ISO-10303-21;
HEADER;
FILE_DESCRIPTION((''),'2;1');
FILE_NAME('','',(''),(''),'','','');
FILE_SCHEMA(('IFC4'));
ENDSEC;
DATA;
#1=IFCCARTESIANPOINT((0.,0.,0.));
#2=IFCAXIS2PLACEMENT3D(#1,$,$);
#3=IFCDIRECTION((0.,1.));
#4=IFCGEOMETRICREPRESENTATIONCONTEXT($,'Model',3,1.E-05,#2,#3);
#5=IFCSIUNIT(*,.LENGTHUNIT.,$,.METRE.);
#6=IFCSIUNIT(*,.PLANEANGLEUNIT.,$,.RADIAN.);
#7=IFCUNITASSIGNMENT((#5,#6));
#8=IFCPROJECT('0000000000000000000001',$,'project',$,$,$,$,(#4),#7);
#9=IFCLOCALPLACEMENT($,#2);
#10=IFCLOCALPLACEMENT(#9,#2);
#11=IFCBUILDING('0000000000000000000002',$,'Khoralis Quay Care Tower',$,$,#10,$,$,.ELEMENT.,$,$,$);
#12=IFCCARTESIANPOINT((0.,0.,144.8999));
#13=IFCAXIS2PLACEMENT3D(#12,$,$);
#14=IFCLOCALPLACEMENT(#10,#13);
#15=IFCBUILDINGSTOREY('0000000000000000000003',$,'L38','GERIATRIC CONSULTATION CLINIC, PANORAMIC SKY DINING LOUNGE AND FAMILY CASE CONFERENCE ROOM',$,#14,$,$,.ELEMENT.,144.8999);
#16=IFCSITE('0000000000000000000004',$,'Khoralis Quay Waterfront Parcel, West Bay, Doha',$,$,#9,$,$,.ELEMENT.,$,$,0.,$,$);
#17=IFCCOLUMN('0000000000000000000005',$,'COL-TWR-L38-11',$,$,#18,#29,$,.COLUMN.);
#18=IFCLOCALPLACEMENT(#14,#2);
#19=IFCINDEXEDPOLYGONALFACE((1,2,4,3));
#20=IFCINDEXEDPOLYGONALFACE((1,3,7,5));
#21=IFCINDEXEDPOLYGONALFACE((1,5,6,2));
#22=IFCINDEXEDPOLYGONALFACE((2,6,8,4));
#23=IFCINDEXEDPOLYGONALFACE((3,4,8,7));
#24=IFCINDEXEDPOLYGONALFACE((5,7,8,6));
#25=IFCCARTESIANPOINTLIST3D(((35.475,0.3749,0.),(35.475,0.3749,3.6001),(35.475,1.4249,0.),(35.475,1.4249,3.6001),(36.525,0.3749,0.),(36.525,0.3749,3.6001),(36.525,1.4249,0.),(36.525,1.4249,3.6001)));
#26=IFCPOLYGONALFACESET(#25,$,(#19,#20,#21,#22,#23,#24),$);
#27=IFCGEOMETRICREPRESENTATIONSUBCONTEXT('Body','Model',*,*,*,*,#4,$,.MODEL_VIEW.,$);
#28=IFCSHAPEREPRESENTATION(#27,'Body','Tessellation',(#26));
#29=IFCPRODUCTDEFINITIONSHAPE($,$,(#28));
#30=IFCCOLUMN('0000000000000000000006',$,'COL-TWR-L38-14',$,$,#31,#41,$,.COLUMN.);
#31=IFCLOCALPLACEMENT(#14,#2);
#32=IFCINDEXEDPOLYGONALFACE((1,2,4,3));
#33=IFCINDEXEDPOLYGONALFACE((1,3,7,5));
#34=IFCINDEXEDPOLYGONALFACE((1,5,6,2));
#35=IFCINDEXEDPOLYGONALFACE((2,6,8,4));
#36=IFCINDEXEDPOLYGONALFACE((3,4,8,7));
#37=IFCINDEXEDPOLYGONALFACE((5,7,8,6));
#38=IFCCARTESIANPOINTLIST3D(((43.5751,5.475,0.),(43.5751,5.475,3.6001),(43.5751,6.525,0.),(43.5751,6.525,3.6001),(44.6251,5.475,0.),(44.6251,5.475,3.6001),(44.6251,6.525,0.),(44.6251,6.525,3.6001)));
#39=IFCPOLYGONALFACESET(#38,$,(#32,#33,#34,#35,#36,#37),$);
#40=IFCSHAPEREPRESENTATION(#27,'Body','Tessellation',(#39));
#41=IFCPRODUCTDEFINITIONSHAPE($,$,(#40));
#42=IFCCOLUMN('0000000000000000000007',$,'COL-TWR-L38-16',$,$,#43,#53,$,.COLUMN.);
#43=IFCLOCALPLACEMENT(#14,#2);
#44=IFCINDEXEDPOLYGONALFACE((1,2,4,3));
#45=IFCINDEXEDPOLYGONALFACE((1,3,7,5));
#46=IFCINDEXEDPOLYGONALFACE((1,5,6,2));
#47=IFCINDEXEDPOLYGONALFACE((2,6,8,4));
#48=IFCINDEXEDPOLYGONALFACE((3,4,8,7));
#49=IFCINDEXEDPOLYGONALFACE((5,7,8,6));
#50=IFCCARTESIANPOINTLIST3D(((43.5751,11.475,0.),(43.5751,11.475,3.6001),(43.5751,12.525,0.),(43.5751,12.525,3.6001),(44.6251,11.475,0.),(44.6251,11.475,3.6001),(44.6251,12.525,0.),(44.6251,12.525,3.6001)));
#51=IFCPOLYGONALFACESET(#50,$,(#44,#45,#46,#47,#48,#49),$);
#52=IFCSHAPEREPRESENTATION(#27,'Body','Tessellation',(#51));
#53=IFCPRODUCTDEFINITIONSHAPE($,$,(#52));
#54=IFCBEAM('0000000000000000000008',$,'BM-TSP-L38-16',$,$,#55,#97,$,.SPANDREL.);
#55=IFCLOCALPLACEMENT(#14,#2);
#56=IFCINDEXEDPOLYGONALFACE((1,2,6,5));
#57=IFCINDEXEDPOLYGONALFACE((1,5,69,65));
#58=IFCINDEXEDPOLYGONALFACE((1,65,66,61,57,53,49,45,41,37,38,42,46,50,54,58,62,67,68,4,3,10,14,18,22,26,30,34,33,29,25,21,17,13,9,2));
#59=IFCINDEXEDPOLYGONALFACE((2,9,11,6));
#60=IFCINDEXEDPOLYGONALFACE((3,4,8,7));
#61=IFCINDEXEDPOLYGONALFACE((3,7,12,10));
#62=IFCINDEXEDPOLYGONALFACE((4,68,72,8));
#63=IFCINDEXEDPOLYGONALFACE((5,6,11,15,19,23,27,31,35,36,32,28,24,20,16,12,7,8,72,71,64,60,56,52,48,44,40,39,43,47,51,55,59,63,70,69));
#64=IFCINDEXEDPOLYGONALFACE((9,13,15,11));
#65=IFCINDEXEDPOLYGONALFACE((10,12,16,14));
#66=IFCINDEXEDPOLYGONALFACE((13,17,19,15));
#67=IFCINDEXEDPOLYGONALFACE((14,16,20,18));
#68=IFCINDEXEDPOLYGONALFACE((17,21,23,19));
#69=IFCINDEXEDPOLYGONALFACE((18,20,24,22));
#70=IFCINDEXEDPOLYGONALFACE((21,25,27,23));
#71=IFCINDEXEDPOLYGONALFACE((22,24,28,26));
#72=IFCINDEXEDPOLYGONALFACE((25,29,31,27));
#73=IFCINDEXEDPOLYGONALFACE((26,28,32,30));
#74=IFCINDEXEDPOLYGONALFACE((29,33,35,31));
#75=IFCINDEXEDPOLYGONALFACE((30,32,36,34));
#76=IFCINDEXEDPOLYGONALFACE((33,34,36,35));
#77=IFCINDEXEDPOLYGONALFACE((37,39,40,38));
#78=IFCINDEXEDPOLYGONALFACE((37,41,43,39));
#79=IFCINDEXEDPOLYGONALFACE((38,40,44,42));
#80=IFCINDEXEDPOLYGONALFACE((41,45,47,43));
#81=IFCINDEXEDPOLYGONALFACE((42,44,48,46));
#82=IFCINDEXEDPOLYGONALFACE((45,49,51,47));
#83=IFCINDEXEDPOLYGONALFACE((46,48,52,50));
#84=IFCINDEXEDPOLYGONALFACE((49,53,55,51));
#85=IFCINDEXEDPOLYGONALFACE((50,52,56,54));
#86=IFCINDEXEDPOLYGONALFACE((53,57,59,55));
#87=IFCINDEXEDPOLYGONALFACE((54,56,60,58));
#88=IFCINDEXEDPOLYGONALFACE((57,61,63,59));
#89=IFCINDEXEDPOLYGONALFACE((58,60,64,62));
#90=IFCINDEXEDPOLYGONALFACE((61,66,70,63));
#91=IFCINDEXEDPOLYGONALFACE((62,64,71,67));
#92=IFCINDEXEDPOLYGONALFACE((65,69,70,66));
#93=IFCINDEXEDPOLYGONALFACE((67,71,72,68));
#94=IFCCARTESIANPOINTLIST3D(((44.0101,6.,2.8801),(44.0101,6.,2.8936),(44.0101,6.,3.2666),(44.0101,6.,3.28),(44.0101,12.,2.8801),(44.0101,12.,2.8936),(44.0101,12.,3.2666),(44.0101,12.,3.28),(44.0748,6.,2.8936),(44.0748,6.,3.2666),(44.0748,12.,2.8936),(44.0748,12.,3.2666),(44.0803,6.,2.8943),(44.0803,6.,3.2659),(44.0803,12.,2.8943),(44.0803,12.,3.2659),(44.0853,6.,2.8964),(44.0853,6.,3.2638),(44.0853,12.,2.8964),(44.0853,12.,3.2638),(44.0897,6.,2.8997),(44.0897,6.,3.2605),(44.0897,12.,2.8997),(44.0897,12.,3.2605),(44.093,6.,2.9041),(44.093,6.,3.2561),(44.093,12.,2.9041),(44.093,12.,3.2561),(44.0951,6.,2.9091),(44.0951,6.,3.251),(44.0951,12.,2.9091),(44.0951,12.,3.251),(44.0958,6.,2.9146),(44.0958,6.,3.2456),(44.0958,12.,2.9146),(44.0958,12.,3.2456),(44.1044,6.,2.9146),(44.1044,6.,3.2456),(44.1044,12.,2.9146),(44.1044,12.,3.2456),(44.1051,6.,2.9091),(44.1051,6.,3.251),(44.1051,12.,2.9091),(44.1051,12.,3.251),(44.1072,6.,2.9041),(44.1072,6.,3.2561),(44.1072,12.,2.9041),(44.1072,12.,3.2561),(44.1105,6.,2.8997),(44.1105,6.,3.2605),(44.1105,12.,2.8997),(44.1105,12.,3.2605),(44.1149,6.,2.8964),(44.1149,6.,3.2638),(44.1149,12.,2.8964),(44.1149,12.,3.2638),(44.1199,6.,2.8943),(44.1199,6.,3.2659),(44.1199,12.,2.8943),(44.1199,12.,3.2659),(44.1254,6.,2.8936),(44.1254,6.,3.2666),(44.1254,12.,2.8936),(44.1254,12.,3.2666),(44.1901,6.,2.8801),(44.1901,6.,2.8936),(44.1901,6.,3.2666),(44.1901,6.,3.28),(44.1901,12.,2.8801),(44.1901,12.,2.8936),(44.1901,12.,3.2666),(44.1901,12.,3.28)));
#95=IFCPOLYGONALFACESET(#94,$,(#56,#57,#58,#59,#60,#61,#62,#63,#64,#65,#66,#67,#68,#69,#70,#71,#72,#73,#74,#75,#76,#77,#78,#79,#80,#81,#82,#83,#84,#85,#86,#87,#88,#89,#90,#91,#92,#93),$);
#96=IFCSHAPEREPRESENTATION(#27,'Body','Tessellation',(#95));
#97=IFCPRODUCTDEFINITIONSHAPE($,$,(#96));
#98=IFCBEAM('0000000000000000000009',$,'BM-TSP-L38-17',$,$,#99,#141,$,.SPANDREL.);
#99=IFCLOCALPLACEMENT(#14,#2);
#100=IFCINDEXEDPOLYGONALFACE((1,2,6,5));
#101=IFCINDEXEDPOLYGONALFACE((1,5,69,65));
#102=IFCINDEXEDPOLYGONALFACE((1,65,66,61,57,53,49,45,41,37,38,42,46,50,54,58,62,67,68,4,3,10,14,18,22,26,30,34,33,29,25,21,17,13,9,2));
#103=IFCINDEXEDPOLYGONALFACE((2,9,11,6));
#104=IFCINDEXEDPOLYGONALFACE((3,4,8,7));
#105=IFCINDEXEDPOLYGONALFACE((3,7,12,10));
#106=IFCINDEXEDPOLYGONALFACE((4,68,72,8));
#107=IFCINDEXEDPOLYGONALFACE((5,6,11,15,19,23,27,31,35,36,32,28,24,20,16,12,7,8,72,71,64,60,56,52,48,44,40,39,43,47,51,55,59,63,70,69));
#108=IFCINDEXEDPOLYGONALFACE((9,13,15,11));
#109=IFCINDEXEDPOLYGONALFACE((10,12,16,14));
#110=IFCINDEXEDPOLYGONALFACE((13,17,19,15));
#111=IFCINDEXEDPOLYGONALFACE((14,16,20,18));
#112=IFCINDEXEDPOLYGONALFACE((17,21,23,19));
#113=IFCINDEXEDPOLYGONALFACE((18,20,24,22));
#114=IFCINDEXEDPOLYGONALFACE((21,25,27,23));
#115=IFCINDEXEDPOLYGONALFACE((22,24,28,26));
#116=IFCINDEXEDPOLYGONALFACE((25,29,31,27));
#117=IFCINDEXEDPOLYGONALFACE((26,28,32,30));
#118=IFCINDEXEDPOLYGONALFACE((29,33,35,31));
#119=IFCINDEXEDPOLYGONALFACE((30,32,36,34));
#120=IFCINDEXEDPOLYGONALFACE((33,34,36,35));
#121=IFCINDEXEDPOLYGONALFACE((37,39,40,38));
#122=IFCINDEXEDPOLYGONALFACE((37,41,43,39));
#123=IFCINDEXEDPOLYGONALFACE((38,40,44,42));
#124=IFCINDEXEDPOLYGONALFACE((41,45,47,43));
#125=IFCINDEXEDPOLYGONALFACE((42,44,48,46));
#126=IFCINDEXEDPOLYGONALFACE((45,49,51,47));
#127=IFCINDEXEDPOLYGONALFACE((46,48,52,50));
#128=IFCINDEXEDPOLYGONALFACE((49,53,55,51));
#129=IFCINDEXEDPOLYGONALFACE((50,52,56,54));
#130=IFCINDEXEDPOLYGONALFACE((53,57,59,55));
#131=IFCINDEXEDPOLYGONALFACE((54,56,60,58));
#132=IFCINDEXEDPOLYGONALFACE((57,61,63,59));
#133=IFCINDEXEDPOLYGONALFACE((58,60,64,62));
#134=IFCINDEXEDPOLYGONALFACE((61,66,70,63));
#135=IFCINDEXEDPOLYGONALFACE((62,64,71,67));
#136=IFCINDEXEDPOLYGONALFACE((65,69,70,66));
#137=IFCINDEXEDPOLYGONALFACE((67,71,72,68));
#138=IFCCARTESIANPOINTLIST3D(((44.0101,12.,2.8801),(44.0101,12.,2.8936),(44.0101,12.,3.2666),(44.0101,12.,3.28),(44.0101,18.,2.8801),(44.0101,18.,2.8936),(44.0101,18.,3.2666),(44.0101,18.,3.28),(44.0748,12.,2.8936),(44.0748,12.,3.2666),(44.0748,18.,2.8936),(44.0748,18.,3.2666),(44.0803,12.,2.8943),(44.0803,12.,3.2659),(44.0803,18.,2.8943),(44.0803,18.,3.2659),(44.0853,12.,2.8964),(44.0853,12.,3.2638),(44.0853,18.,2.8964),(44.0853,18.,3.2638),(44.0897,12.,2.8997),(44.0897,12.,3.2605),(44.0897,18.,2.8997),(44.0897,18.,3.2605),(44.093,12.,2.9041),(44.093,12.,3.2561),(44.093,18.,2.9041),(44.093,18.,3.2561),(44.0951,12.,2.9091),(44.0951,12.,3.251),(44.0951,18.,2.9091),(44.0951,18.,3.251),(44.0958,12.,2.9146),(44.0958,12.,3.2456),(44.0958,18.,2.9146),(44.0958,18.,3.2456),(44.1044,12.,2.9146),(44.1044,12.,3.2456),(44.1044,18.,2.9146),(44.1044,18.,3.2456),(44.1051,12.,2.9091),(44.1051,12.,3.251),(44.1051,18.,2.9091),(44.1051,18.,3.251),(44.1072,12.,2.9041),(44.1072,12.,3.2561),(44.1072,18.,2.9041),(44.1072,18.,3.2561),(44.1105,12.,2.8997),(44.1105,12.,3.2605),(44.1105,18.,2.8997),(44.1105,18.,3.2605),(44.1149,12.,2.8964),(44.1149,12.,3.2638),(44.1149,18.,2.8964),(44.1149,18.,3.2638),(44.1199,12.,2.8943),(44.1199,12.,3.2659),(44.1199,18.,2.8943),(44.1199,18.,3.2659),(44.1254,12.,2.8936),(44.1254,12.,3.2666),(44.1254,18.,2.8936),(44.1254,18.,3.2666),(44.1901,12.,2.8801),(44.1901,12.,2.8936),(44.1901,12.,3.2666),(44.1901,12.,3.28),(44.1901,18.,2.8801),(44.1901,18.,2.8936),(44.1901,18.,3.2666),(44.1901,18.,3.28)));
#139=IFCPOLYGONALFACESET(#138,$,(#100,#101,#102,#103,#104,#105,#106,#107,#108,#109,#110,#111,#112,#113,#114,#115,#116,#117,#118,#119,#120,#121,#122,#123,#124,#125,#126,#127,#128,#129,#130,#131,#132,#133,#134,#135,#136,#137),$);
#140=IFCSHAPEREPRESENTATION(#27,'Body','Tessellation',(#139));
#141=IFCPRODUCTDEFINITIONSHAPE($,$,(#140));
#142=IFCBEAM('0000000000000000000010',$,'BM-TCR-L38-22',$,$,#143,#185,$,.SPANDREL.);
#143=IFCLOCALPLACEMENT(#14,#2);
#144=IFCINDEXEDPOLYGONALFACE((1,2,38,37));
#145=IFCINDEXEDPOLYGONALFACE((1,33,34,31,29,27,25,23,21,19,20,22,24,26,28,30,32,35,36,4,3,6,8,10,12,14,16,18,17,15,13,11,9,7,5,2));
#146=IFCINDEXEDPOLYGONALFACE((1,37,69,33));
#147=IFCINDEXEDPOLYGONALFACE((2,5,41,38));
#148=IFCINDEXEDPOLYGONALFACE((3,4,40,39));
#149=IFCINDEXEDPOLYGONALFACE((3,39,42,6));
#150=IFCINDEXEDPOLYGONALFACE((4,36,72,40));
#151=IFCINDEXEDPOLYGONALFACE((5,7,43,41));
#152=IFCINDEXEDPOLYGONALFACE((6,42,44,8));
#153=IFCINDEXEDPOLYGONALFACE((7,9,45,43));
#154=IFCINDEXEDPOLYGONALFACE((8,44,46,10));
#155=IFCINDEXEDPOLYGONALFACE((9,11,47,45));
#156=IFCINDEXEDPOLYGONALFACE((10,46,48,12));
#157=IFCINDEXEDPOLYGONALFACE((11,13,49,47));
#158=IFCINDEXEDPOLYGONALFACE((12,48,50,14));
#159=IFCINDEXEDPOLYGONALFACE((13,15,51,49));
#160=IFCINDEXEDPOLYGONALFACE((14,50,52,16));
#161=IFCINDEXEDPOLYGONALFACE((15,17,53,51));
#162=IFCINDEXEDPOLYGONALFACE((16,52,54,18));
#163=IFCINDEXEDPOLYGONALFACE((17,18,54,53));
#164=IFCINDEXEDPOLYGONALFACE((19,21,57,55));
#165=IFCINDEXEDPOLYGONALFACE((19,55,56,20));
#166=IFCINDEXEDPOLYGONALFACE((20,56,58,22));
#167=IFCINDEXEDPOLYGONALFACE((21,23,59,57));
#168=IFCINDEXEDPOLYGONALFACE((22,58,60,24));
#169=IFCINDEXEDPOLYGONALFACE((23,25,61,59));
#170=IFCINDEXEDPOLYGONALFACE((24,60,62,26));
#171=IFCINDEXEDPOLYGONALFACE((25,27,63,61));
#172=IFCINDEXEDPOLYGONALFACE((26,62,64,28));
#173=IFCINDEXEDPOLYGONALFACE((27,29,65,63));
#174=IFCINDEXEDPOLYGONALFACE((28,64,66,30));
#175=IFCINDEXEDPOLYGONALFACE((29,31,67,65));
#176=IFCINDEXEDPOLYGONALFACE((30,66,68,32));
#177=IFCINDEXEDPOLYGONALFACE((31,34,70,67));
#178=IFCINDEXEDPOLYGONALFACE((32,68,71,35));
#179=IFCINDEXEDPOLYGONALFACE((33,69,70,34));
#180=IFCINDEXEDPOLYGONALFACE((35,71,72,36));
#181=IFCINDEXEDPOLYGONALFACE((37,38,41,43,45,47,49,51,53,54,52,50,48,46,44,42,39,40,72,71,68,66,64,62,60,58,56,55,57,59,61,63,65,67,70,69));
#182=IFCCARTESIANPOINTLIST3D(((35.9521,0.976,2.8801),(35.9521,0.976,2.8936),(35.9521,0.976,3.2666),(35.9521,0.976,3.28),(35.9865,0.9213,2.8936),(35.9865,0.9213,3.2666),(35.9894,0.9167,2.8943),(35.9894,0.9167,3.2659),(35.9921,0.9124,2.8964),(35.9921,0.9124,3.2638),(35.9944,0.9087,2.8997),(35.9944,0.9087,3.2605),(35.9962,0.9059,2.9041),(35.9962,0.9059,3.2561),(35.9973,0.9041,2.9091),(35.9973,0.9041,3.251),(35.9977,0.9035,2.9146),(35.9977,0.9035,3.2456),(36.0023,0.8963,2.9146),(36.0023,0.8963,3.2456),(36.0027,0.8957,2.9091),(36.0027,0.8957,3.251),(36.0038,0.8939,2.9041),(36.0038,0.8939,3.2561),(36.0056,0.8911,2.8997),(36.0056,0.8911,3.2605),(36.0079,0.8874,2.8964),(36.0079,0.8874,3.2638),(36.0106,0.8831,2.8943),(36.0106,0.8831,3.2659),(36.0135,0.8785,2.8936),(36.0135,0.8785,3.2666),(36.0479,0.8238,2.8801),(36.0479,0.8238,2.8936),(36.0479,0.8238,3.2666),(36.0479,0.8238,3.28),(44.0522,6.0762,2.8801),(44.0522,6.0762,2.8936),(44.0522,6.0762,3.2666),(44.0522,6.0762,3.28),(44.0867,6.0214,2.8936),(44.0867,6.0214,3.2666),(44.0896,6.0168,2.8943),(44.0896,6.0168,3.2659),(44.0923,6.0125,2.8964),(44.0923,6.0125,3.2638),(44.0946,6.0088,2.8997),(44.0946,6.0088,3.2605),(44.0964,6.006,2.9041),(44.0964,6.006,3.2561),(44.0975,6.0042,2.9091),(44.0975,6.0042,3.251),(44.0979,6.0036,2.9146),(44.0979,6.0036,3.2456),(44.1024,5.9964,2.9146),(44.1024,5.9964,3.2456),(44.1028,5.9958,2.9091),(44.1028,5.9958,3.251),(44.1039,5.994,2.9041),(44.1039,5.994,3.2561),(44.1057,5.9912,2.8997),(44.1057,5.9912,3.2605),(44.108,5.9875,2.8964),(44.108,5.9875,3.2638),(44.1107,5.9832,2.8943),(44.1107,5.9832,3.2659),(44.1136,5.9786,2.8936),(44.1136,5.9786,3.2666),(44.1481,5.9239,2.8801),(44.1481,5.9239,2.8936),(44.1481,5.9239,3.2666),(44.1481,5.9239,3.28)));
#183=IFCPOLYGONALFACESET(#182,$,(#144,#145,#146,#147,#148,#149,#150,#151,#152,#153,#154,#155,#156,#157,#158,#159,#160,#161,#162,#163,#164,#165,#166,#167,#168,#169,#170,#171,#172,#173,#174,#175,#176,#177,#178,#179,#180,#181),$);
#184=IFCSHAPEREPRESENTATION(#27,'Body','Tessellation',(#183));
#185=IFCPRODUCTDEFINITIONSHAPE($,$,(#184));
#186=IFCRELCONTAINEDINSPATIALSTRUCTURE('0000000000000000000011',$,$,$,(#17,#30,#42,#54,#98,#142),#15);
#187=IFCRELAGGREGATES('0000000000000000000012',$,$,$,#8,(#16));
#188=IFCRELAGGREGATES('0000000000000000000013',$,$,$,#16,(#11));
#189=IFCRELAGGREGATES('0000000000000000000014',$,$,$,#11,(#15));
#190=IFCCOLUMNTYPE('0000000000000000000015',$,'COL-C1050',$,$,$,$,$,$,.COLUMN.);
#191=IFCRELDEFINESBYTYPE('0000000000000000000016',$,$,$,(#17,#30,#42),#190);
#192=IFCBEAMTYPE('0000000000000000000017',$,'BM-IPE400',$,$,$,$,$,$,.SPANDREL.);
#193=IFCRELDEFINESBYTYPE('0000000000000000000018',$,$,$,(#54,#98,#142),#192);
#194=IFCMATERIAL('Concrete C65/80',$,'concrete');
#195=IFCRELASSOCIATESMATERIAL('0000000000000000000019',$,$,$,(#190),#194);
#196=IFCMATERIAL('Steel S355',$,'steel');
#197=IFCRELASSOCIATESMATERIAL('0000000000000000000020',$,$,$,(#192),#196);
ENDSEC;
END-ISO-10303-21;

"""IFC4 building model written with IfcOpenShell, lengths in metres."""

from ifc_helpers import new_model, si_unit, direction, frame, origin, origin_2d, place, context, subcontext, project, spatial, rectangle, i_section, extrude, source, transform, mapped, material, material_profile, profile_set, type_object, element, save


model = new_model("IFC4")

# Units and contexts
model_context = context("Model", 3, precision=1e-05, world=origin(), true_north=direction((0.0, 1.0)))
body_context = subcontext(model_context, "Body", "Model", "MODEL_VIEW")
ifc_project = project(units=[si_unit("LENGTHUNIT", "METRE"), si_unit("PLANEANGLEUNIT", "RADIAN")], contexts=[model_context])

# Site, building, storey
site_placement = place(None, origin())
site = spatial("IfcSite", under=ifc_project, at=site_placement, Name="Khoralis Quay Waterfront Parcel, West Bay, Doha", CompositionType="ELEMENT", RefElevation=0.0)
building_placement = place(site_placement, origin())
building = spatial("IfcBuilding", under=site, at=building_placement, Name="Khoralis Quay Care Tower", CompositionType="ELEMENT")
storey_placement = place(building_placement, frame((0.0, 0.0, 144.8999)))
storey = spatial("IfcBuildingStorey", under=building, at=storey_placement, Name="L38", Description="GERIATRIC CONSULTATION CLINIC, PANORAMIC SKY DINING LOUNGE AND FAMILY CASE CONFERENCE ROOM", CompositionType="ELEMENT", Elevation=144.8999)

# Columns
ifc_material_1 = material(Name="Concrete C65/80", Category="concrete")
ifc_material_profile_1 = material_profile(ifc_material_1, rectangle(XDim=1.05, YDim=1.05, at=origin_2d()), Name="Concrete C65/80")
ifc_profile_set_1 = profile_set([ifc_material_profile_1], Name="Concrete C65/80")
column_type = type_object("IfcColumnType", Name="COL-C1050", PredefinedType="COLUMN", material=ifc_profile_set_1)
shared_shape_1 = source(origin(), body_context, "Body", "SweptSolid", [
    extrude(rectangle(XDim=1.05, YDim=1.05, at=origin_2d()), origin(), (0.0, 0.0, 1.0), 3.6001),
])
for number, where, z_axis, x_axis, name in (
    (1, (36.0, 0.8999, 0.0), (0.0, 0.0, 1.0), (1.0, 0.0, 0.0), "COL-TWR-L38-11"),
    (2, (44.1001, 6.0, 0.0), (0.0, 0.0, 1.0), (1.0, 0.0, 0.0), "COL-TWR-L38-14"),
    (3, (44.1001, 12.0, 0.0), (0.0, 0.0, 1.0), (1.0, 0.0, 0.0), "COL-TWR-L38-16"),
):
    element("IfcColumn", number, at=place(storey_placement, frame(where, z_axis=z_axis, x_axis=x_axis)), inside=storey, type_object=column_type, Name=name, PredefinedType="COLUMN", context=body_context, shape_type="MappedRepresentation", body=[
        mapped(shared_shape_1, transform((0.0, 0.0, 0.0), scale=1.0)),
    ])

# Beams
ifc_material_2 = material(Name="Steel S355", Category="steel")
ifc_material_profile_2 = material_profile(ifc_material_2, i_section(OverallWidth=0.1799, OverallDepth=0.3999, WebThickness=0.0085, FlangeThickness=0.0134, FilletRadius=0.021, at=origin_2d()), Name="Steel S355")
ifc_profile_set_2 = profile_set([ifc_material_profile_2], Name="Steel S355")
beam_type_1 = type_object("IfcBeamType", Name="BM-IPE400", PredefinedType="SPANDREL", material=ifc_profile_set_2)
shared_shape_2 = source(origin(), body_context, "Body", "SweptSolid", [
    extrude(i_section(OverallWidth=0.1799, OverallDepth=0.3999, WebThickness=0.0085, FlangeThickness=0.0134, FilletRadius=0.021, at=origin_2d()), origin(), (0.0, 0.0, 1.0), 6.0),
])
for number, where, z_axis, x_axis, name in (
    (4, (44.1001, 6.0, 3.0801), (0.0, 1.0, 0.0), (-1.0, 0.0, 0.0), "BM-TSP-L38-16"),
    (5, (44.1001, 12.0, 3.0801), (0.0, 1.0, 0.0), (-1.0, 0.0, 0.0), "BM-TSP-L38-17"),
):
    element("IfcBeam", number, at=place(storey_placement, frame(where, z_axis=z_axis, x_axis=x_axis)), inside=storey, type_object=beam_type_1, Name=name, PredefinedType="SPANDREL", context=body_context, shape_type="MappedRepresentation", body=[
        mapped(shared_shape_2, transform((0.0, 0.0, 0.0), scale=1.0)),
    ])
shared_shape_3 = source(origin(), body_context, "Body", "SweptSolid", [
    extrude(i_section(OverallWidth=0.1799, OverallDepth=0.3999, WebThickness=0.0085, FlangeThickness=0.0134, FilletRadius=0.021, at=origin_2d()), origin(), (0.0, 0.0, 1.0), 9.572),
])
beam_1_placement = place(storey_placement, frame((36.0, 0.8999, 3.0801), z_axis=(0.846231, 0.532816, 0.0), x_axis=(-0.532816, 0.846231, 0.0)))
element("IfcBeam", 6, at=beam_1_placement, inside=storey, type_object=beam_type_1, Name="BM-TCR-L38-22", PredefinedType="SPANDREL", context=body_context, shape_type="MappedRepresentation", body=[
    mapped(shared_shape_3, transform((0.0, 0.0, 0.0), scale=1.0)),
])

save(model, "model.ifc")
